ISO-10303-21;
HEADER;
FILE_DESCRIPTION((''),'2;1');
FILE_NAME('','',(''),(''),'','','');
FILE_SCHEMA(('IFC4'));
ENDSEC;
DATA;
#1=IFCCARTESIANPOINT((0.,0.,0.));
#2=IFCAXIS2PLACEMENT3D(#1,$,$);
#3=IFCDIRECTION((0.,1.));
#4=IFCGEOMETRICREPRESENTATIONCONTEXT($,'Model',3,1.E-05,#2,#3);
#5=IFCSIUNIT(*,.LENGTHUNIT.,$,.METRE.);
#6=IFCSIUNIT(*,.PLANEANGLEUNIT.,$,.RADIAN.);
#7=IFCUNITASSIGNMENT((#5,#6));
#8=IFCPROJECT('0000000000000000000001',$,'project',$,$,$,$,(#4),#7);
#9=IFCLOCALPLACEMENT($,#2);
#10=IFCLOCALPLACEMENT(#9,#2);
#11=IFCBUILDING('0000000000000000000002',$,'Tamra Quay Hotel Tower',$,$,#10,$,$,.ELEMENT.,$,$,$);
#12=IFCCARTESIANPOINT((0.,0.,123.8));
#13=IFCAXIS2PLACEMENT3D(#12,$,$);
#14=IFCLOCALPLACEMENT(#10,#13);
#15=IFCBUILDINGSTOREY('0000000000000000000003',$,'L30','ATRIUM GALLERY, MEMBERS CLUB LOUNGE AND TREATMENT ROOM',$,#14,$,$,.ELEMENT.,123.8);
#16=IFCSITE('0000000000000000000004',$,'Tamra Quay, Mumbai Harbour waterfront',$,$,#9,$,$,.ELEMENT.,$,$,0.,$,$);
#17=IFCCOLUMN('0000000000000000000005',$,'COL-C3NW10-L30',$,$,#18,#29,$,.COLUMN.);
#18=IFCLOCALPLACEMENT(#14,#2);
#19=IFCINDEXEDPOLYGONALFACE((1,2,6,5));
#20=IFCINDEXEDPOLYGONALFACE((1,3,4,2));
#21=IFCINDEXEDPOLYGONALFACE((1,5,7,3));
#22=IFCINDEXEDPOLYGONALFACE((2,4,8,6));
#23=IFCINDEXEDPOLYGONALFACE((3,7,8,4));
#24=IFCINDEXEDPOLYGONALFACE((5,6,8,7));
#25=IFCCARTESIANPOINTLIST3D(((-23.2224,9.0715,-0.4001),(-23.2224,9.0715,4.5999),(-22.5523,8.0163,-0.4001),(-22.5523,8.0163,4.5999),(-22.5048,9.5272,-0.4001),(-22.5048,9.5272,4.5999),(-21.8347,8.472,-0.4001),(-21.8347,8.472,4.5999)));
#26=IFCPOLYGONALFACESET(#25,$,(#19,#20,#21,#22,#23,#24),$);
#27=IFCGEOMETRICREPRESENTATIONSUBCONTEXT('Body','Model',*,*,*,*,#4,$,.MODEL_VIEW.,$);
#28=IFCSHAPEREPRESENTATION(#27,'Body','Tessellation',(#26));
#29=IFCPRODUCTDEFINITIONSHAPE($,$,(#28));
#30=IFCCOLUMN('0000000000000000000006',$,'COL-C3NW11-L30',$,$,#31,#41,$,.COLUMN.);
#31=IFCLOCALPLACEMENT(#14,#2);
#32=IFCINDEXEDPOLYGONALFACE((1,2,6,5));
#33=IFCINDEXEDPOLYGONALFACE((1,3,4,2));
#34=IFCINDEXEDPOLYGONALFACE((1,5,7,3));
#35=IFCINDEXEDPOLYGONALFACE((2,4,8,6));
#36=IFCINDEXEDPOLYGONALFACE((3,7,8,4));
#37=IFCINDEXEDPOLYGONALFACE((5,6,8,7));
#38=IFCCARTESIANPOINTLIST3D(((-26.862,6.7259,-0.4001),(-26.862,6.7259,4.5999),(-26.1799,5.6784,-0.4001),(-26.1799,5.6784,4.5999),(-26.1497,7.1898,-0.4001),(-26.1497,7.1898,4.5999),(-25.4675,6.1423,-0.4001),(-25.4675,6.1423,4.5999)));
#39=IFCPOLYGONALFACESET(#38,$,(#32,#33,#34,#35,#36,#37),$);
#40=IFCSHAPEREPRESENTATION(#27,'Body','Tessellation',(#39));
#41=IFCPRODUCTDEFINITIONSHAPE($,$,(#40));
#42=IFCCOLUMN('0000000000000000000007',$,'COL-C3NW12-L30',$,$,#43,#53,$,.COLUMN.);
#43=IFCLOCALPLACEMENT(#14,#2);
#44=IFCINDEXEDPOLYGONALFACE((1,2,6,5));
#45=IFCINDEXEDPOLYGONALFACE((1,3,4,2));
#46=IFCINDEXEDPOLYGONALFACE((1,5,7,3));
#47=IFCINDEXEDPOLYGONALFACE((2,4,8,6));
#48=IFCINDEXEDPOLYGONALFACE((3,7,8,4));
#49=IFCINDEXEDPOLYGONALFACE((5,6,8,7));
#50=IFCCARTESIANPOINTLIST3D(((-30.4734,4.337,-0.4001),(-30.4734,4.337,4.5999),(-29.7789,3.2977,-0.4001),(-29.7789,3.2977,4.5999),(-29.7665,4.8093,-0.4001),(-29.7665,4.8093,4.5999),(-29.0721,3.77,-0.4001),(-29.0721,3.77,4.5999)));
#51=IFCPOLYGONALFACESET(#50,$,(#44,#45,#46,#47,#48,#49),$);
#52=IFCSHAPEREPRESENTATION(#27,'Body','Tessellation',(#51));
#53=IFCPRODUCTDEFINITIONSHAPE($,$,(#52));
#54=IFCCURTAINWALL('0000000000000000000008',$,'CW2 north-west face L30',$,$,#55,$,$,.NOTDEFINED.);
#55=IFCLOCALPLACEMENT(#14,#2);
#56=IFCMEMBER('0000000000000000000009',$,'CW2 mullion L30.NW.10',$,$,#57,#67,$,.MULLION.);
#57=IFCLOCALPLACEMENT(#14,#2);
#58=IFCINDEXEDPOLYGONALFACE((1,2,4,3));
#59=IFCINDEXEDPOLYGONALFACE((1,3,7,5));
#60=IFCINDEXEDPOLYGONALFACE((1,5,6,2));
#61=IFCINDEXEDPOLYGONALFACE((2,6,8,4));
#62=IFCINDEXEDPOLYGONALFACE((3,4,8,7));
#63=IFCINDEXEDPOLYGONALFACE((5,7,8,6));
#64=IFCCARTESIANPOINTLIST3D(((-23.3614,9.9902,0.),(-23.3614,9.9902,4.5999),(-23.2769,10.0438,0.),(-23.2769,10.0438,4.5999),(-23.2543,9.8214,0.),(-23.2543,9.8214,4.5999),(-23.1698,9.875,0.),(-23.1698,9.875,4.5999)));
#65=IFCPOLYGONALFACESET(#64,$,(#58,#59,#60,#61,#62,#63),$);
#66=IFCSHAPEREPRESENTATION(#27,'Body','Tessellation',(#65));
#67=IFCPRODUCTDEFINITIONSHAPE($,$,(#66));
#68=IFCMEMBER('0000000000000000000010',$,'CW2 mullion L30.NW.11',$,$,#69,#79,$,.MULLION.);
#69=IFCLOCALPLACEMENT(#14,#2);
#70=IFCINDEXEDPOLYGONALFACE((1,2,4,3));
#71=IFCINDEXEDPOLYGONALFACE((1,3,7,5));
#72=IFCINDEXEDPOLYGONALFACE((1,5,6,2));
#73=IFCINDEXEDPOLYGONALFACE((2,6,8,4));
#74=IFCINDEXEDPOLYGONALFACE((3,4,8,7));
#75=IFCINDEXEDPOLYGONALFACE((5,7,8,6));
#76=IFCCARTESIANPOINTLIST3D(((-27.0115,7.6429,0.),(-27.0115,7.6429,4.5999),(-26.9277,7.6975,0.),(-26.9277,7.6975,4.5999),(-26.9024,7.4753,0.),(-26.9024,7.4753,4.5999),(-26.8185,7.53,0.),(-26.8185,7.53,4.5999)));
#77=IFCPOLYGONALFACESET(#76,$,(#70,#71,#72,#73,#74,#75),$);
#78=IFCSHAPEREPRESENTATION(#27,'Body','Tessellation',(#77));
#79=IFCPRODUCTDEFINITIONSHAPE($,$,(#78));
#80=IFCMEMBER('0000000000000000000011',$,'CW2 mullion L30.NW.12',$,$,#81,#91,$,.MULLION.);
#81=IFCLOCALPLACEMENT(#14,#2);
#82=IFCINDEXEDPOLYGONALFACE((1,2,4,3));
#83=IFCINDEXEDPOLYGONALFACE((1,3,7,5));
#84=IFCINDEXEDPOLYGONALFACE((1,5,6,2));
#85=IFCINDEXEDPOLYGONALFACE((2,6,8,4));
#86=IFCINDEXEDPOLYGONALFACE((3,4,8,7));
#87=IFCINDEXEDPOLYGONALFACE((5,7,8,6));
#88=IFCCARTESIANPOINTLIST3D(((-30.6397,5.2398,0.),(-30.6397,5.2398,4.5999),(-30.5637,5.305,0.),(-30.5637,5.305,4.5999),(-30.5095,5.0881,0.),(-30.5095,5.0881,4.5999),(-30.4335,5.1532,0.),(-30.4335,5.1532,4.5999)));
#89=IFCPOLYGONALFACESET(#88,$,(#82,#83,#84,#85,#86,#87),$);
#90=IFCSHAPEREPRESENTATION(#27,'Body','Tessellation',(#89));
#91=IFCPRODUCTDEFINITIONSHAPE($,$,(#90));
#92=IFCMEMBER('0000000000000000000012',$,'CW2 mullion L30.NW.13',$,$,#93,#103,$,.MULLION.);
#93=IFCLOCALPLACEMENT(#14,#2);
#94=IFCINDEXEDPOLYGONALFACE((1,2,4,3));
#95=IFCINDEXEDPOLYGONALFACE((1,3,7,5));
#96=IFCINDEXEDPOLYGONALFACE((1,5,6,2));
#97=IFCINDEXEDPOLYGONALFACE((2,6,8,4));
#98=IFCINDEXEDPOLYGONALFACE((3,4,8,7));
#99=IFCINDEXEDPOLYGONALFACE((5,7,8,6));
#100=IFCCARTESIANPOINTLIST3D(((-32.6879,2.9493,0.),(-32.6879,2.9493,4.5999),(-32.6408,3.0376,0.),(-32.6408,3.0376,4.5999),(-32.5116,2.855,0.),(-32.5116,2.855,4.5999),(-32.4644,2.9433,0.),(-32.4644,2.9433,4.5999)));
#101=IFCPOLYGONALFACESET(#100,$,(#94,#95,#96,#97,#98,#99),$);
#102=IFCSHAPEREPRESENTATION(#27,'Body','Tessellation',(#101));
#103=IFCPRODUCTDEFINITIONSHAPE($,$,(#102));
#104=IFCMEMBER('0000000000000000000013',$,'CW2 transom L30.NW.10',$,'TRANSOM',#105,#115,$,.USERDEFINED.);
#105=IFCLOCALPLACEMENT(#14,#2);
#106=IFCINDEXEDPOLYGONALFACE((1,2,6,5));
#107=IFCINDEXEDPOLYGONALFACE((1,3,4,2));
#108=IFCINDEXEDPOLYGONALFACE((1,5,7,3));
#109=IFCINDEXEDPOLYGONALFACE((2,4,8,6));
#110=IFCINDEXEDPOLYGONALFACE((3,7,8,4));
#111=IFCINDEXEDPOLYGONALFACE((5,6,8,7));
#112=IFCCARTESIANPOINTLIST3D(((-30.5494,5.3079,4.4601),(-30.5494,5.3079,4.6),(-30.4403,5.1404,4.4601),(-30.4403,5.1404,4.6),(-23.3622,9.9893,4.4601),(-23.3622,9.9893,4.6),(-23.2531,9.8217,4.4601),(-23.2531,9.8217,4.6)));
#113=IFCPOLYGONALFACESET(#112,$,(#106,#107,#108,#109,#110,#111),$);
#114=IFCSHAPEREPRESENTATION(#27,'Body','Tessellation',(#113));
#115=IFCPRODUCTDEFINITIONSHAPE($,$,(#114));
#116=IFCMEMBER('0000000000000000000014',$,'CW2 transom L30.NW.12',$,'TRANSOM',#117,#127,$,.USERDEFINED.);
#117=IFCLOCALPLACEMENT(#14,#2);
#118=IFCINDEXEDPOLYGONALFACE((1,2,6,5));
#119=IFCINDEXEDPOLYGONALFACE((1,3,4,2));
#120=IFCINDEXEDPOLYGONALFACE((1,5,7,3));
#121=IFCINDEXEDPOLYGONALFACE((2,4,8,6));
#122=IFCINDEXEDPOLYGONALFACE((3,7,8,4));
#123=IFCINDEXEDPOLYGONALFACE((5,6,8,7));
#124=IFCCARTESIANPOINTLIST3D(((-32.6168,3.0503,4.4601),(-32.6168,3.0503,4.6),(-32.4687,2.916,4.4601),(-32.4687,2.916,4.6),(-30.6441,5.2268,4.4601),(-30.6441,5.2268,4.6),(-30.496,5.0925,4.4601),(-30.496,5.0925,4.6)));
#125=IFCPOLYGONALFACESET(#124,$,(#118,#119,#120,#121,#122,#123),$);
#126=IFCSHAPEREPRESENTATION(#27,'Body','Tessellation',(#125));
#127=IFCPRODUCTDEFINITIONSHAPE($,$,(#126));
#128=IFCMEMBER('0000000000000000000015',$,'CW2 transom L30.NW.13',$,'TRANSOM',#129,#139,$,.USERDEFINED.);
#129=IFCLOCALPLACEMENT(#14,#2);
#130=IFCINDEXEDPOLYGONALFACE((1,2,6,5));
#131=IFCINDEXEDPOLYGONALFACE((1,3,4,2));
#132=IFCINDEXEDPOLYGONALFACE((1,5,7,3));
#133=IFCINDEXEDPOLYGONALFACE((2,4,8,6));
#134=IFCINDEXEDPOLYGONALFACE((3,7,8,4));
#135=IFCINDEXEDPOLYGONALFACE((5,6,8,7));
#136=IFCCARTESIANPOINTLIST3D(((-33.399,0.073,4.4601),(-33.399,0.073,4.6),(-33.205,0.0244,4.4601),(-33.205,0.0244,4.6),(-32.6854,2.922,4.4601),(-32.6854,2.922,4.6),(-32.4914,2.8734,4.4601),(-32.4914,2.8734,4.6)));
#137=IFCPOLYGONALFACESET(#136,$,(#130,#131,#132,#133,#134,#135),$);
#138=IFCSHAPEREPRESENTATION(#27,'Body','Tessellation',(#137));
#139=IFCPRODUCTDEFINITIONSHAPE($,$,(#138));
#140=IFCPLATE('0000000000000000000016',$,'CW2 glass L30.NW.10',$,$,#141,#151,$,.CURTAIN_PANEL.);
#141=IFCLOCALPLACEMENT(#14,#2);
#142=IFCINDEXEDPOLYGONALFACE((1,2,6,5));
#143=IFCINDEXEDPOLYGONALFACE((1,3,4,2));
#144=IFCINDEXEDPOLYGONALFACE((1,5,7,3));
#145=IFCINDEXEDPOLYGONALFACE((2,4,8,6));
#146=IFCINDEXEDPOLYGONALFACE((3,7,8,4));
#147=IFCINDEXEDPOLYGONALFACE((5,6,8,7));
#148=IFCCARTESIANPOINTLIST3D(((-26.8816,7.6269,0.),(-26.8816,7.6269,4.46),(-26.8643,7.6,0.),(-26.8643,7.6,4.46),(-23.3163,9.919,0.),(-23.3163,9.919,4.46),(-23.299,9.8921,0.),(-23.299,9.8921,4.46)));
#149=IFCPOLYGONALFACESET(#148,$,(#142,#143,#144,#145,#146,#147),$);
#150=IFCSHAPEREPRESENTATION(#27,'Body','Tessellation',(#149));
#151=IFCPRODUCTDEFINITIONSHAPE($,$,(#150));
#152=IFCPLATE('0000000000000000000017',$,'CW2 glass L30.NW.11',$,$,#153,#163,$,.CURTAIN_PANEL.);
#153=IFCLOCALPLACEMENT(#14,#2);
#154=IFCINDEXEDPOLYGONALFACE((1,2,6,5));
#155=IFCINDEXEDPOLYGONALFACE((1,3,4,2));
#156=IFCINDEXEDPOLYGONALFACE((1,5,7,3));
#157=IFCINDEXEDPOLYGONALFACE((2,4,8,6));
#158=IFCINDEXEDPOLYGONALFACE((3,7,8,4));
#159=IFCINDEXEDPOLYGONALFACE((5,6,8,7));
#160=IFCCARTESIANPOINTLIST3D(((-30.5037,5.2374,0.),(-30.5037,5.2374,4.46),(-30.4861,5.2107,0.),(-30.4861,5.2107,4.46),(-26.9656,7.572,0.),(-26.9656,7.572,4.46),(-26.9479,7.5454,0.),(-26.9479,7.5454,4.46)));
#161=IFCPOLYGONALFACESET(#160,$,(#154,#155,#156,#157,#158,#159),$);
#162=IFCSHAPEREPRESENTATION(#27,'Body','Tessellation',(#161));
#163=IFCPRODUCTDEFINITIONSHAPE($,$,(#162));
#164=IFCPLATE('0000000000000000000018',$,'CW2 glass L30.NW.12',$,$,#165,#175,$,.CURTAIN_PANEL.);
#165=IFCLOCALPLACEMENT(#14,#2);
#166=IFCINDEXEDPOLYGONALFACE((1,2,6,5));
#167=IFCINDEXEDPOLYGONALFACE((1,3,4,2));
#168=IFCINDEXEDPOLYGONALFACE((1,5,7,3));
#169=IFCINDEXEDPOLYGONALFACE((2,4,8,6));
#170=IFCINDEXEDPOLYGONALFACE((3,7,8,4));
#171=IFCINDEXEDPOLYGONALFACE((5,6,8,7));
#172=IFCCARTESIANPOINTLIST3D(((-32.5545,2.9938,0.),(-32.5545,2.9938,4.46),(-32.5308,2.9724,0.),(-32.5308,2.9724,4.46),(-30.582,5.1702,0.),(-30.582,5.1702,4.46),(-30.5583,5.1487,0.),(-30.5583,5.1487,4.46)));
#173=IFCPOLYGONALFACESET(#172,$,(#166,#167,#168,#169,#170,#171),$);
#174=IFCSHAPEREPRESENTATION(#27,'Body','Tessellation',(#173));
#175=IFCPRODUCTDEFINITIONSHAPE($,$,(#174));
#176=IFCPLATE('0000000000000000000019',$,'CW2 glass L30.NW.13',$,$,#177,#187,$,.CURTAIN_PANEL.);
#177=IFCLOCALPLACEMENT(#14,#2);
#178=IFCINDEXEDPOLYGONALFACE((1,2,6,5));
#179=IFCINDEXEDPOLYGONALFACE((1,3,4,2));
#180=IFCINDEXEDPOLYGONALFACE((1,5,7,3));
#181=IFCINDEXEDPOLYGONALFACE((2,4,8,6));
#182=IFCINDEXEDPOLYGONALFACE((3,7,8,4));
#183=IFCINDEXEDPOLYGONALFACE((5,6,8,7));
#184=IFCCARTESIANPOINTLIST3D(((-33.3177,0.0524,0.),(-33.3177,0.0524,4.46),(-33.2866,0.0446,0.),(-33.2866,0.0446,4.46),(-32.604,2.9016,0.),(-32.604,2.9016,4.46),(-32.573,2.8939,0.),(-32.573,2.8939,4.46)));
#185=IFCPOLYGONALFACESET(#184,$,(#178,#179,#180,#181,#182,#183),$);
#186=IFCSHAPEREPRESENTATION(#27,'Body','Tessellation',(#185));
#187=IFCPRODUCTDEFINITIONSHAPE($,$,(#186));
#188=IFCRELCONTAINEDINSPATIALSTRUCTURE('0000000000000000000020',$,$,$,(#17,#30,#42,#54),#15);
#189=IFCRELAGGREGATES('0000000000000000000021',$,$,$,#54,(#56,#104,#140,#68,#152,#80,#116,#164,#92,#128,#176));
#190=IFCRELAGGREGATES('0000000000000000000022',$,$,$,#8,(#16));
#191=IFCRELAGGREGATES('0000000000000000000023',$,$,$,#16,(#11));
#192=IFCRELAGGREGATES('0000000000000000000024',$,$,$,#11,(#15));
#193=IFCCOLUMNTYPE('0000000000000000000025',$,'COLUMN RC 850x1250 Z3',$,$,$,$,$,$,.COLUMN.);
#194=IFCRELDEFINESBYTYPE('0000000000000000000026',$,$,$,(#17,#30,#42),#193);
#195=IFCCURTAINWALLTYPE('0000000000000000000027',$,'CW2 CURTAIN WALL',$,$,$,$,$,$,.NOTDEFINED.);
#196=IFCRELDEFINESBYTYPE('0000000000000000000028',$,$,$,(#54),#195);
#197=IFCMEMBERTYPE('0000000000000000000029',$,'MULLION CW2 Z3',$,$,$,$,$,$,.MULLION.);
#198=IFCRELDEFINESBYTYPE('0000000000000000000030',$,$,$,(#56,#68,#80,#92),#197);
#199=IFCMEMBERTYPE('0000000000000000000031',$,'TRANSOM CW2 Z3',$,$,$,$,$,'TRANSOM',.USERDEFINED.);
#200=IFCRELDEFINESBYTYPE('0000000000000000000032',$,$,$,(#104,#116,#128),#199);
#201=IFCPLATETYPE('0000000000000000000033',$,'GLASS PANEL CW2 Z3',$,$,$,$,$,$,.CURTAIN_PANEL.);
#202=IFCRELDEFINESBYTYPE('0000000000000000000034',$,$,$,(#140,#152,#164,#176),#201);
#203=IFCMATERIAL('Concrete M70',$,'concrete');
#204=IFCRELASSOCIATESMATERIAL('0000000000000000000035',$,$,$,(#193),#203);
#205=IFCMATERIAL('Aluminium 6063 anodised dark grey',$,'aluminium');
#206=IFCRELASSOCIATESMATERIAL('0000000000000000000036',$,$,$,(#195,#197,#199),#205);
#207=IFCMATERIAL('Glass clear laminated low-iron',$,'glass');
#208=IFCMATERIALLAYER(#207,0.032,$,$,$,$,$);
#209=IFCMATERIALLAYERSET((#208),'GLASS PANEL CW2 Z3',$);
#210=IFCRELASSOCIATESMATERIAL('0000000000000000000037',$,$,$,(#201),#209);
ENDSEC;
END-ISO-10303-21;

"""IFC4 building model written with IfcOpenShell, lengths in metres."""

from ifc_helpers import new_model, si_unit, direction, frame, origin, origin_2d, place, context, subcontext, project, spatial, rectangle, extrude, material, layer, layer_set, material_profile, profile_set, type_object, element, aggregate, save


model = new_model("IFC4")

# Units and contexts
model_context = context("Model", 3, precision=1e-05, world=origin(), true_north=direction((0.0, 1.0)))
body_context = subcontext(model_context, "Body", "Model", "MODEL_VIEW")
ifc_project = project(units=[si_unit("LENGTHUNIT", "METRE"), si_unit("PLANEANGLEUNIT", "RADIAN")], contexts=[model_context])

# Site, building, storey
site_placement = place(None, origin())
site = spatial("IfcSite", under=ifc_project, at=site_placement, Name="Tamra Quay, Mumbai Harbour waterfront", CompositionType="ELEMENT", RefElevation=0.0)
building_placement = place(site_placement, origin())
building = spatial("IfcBuilding", under=site, at=building_placement, Name="Tamra Quay Hotel Tower", CompositionType="ELEMENT")
storey_placement = place(building_placement, frame((0.0, 0.0, 123.8)))
storey = spatial("IfcBuildingStorey", under=building, at=storey_placement, Name="L30", Description="ATRIUM GALLERY, MEMBERS CLUB LOUNGE AND TREATMENT ROOM", CompositionType="ELEMENT", Elevation=123.8)

# Columns
ifc_material_1 = material(Name="Concrete M70", Category="concrete")
ifc_material_profile_1 = material_profile(ifc_material_1, rectangle(XDim=1.25, YDim=0.8501, at=origin_2d()), Name="COLUMN RC 850x1250 Z3")
ifc_profile_set_1 = profile_set([ifc_material_profile_1], Name="Concrete M70")
column_type = type_object("IfcColumnType", Name="COLUMN RC 850x1250 Z3", PredefinedType="COLUMN", material=ifc_profile_set_1)
for number, where, z_axis, x_axis, name in (
    (1, (-22.5286, 8.7717, -0.4001), (0.0, 0.0, 1.0), (-0.536102, 0.844153, 0.0), "COL-C3NW10-L30"),
    (2, (-26.1648, 6.4341, -0.4001), (0.0, 0.0, 1.0), (-0.545703, 0.837979, 0.0), "COL-C3NW11-L30"),
    (3, (-29.7727, 4.0535, -0.4001), (0.0, 0.0, 1.0), (-0.555583, 0.831461, 0.0), "COL-C3NW12-L30"),
):
    element("IfcColumn", number, at=place(storey_placement, frame(where, z_axis=z_axis, x_axis=x_axis)), inside=storey, type_object=column_type, Name=name, PredefinedType="COLUMN", context=body_context, shape_type="SweptSolid", body=[
        extrude(rectangle(XDim=1.25, YDim=0.8501, at=origin_2d()), origin(), (0.0, 0.0, 1.0), 5.0),
    ])

# Curtain wall, members, plates
ifc_material_2 = material(Name="Aluminium 6063 anodised dark grey", Category="aluminium")
curtain_wall_type = type_object("IfcCurtainWallType", Name="CW2 CURTAIN WALL", PredefinedType="NOTDEFINED", material=ifc_material_2)
curtain_wall_placement = place(storey_placement, origin())
curtain_wall = element("IfcCurtainWall", 4, at=curtain_wall_placement, inside=storey, type_object=curtain_wall_type, Name="CW2 north-west face L30", PredefinedType="NOTDEFINED")
ifc_material_profile_2 = material_profile(ifc_material_2, rectangle(XDim=0.2, YDim=0.1001, at=origin_2d()), Name="MULLION 100X200")
ifc_profile_set_2 = profile_set([ifc_material_profile_2], Name="Aluminium 6063 anodised dark grey")
member_type_1 = type_object("IfcMemberType", Name="MULLION CW2 Z3", PredefinedType="MULLION", material=ifc_profile_set_2)
member_1_placement = place(storey_placement, frame((-23.2656, 9.9326, 0.0), z_axis=(0.0, 0.0, 1.0), x_axis=(-0.53576, 0.84437, 0.0)))
member_1 = element("IfcMember", 5, at=member_1_placement, type_object=member_type_1, Name="CW2 mullion L30.NW.10", PredefinedType="MULLION", context=body_context, shape_type="SweptSolid", body=[
    extrude(rectangle(XDim=0.2, YDim=0.1001, at=origin_2d()), origin(), (0.0, 0.0, 1.0), 4.5999),
])
member_2_placement = place(storey_placement, frame((-26.915, 7.5864, 0.0), z_axis=(0.0, 0.0, 1.0), x_axis=(-0.54578, 0.837928, 0.0)))
member_2 = element("IfcMember", 6, at=member_2_placement, type_object=member_type_1, Name="CW2 mullion L30.NW.11", PredefinedType="MULLION", context=body_context, shape_type="SweptSolid", body=[
    extrude(rectangle(XDim=0.2, YDim=0.1001, at=origin_2d()), origin(), (0.0, 0.0, 1.0), 4.5999),
])
member_3_placement = place(storey_placement, frame((-30.5366, 5.1965, 0.0), z_axis=(0.0, 0.0, 1.0), x_axis=(-0.650989, 0.759087, 0.0)))
member_3 = element("IfcMember", 7, at=member_3_placement, type_object=member_type_1, Name="CW2 mullion L30.NW.12", PredefinedType="MULLION", context=body_context, shape_type="SweptSolid", body=[
    extrude(rectangle(XDim=0.2, YDim=0.1001, at=origin_2d()), origin(), (0.0, 0.0, 1.0), 4.5999),
])
member_4_placement = place(storey_placement, frame((-32.5762, 2.9463, 0.0), z_axis=(0.0, 0.0, 1.0), x_axis=(-0.881925, 0.471389, 0.0)))
member_4 = element("IfcMember", 8, at=member_4_placement, type_object=member_type_1, Name="CW2 mullion L30.NW.13", PredefinedType="MULLION", context=body_context, shape_type="SweptSolid", body=[
    extrude(rectangle(XDim=0.2, YDim=0.1001, at=origin_2d()), origin(), (0.0, 0.0, 1.0), 4.5999),
])
ifc_material_profile_3 = material_profile(ifc_material_2, rectangle(XDim=0.2, YDim=0.1399, at=origin_2d()), Name="TRANSOM 200X140")
ifc_profile_set_3 = profile_set([ifc_material_profile_3], Name="Aluminium 6063 anodised dark grey")
member_type_2 = type_object("IfcMemberType", Name="TRANSOM CW2 Z3", ElementType="TRANSOM", PredefinedType="USERDEFINED", material=ifc_profile_set_3)
member_5_placement = place(storey_placement, frame((-23.3076, 9.9055, 4.53), z_axis=(-0.837928, -0.545781, 0.0), x_axis=(0.545781, -0.837928, 0.0)))
member_5 = element("IfcMember", 9, at=member_5_placement, type_object=member_type_2, Name="CW2 transom L30.NW.10", ObjectType="TRANSOM", PredefinedType="USERDEFINED", context=body_context, shape_type="SweptSolid", body=[
    extrude(rectangle(XDim=0.2, YDim=0.1399, at=origin_2d()), origin(), (0.0, 0.0, 1.0), 8.5774),
])
member_6_placement = place(storey_placement, frame((-30.5701, 5.1597, 4.53), z_axis=(-0.671555, -0.740955, 0.0), x_axis=(0.740955, -0.671555, 0.0)))
member_6 = element("IfcMember", 10, at=member_6_placement, type_object=member_type_2, Name="CW2 transom L30.NW.12", ObjectType="TRANSOM", PredefinedType="USERDEFINED", context=body_context, shape_type="SweptSolid", body=[
    extrude(rectangle(XDim=0.2, YDim=0.1399, at=origin_2d()), origin(), (0.0, 0.0, 1.0), 2.9375),
])
member_7_placement = place(storey_placement, frame((-32.5884, 2.8977, 4.53), z_axis=(-0.242966, -0.970035, 0.0), x_axis=(0.970035, -0.242966, 0.0)))
member_7 = element("IfcMember", 11, at=member_7_placement, type_object=member_type_2, Name="CW2 transom L30.NW.13", ObjectType="TRANSOM", PredefinedType="USERDEFINED", context=body_context, shape_type="SweptSolid", body=[
    extrude(rectangle(XDim=0.2, YDim=0.1399, at=origin_2d()), origin(), (0.0, 0.0, 1.0), 2.937),
])
ifc_material_3 = material(Name="Glass clear laminated low-iron", Category="glass")
ifc_layer_1 = layer(ifc_material_3, 0.032)
ifc_layer_set_1 = layer_set([ifc_layer_1], Name="GLASS PANEL CW2 Z3")
plate_type = type_object("IfcPlateType", Name="GLASS PANEL CW2 Z3", PredefinedType="CURTAIN_PANEL", material=ifc_layer_set_1)
plate_1_placement = place(storey_placement, frame((-25.0903, 8.7595, 0.0), z_axis=(0.0, 0.0, 1.0), x_axis=(-0.841164, -0.54078, 0.0)))
plate_1 = element("IfcPlate", 12, at=plate_1_placement, type_object=plate_type, Name="CW2 glass L30.NW.10", PredefinedType="CURTAIN_PANEL", context=body_context, shape_type="SweptSolid", body=[
    extrude(rectangle(XDim=4.2385, YDim=0.032, at=origin_2d()), origin(), (0.0, 0.0, 1.0), 4.46),
])
plate_2_placement = place(storey_placement, frame((-28.7258, 6.3914, 0.0), z_axis=(0.0, 0.0, 1.0), x_axis=(-0.834663, -0.550761, 0.0)))
plate_2 = element("IfcPlate", 13, at=plate_2_placement, type_object=plate_type, Name="CW2 glass L30.NW.11", PredefinedType="CURTAIN_PANEL", context=body_context, shape_type="SweptSolid", body=[
    extrude(rectangle(XDim=4.239, YDim=0.032, at=origin_2d()), origin(), (0.0, 0.0, 1.0), 4.46),
])
plate_3_placement = place(storey_placement, frame((-31.5564, 4.0713, 0.0), z_axis=(0.0, 0.0, 1.0), x_axis=(-0.67155, -0.740959, 0.0)))
plate_3 = element("IfcPlate", 14, at=plate_3_placement, type_object=plate_type, Name="CW2 glass L30.NW.12", PredefinedType="CURTAIN_PANEL", context=body_context, shape_type="SweptSolid", body=[
    extrude(rectangle(XDim=2.9373, YDim=0.032, at=origin_2d()), origin(), (0.0, 0.0, 1.0), 4.46),
])
plate_4_placement = place(storey_placement, frame((-32.9453, 1.4731, 0.0), z_axis=(0.0, 0.0, 1.0), x_axis=(-0.242976, -0.970032, 0.0)))
plate_4 = element("IfcPlate", 15, at=plate_4_placement, type_object=plate_type, Name="CW2 glass L30.NW.13", PredefinedType="CURTAIN_PANEL", context=body_context, shape_type="SweptSolid", body=[
    extrude(rectangle(XDim=2.9373, YDim=0.032, at=origin_2d()), origin(), (0.0, 0.0, 1.0), 4.46),
])
aggregate(curtain_wall, [member_1, member_5, plate_1, member_2, plate_2, member_3, member_6, plate_3, member_4, member_7, plate_4])

save(model, "model.ifc")
